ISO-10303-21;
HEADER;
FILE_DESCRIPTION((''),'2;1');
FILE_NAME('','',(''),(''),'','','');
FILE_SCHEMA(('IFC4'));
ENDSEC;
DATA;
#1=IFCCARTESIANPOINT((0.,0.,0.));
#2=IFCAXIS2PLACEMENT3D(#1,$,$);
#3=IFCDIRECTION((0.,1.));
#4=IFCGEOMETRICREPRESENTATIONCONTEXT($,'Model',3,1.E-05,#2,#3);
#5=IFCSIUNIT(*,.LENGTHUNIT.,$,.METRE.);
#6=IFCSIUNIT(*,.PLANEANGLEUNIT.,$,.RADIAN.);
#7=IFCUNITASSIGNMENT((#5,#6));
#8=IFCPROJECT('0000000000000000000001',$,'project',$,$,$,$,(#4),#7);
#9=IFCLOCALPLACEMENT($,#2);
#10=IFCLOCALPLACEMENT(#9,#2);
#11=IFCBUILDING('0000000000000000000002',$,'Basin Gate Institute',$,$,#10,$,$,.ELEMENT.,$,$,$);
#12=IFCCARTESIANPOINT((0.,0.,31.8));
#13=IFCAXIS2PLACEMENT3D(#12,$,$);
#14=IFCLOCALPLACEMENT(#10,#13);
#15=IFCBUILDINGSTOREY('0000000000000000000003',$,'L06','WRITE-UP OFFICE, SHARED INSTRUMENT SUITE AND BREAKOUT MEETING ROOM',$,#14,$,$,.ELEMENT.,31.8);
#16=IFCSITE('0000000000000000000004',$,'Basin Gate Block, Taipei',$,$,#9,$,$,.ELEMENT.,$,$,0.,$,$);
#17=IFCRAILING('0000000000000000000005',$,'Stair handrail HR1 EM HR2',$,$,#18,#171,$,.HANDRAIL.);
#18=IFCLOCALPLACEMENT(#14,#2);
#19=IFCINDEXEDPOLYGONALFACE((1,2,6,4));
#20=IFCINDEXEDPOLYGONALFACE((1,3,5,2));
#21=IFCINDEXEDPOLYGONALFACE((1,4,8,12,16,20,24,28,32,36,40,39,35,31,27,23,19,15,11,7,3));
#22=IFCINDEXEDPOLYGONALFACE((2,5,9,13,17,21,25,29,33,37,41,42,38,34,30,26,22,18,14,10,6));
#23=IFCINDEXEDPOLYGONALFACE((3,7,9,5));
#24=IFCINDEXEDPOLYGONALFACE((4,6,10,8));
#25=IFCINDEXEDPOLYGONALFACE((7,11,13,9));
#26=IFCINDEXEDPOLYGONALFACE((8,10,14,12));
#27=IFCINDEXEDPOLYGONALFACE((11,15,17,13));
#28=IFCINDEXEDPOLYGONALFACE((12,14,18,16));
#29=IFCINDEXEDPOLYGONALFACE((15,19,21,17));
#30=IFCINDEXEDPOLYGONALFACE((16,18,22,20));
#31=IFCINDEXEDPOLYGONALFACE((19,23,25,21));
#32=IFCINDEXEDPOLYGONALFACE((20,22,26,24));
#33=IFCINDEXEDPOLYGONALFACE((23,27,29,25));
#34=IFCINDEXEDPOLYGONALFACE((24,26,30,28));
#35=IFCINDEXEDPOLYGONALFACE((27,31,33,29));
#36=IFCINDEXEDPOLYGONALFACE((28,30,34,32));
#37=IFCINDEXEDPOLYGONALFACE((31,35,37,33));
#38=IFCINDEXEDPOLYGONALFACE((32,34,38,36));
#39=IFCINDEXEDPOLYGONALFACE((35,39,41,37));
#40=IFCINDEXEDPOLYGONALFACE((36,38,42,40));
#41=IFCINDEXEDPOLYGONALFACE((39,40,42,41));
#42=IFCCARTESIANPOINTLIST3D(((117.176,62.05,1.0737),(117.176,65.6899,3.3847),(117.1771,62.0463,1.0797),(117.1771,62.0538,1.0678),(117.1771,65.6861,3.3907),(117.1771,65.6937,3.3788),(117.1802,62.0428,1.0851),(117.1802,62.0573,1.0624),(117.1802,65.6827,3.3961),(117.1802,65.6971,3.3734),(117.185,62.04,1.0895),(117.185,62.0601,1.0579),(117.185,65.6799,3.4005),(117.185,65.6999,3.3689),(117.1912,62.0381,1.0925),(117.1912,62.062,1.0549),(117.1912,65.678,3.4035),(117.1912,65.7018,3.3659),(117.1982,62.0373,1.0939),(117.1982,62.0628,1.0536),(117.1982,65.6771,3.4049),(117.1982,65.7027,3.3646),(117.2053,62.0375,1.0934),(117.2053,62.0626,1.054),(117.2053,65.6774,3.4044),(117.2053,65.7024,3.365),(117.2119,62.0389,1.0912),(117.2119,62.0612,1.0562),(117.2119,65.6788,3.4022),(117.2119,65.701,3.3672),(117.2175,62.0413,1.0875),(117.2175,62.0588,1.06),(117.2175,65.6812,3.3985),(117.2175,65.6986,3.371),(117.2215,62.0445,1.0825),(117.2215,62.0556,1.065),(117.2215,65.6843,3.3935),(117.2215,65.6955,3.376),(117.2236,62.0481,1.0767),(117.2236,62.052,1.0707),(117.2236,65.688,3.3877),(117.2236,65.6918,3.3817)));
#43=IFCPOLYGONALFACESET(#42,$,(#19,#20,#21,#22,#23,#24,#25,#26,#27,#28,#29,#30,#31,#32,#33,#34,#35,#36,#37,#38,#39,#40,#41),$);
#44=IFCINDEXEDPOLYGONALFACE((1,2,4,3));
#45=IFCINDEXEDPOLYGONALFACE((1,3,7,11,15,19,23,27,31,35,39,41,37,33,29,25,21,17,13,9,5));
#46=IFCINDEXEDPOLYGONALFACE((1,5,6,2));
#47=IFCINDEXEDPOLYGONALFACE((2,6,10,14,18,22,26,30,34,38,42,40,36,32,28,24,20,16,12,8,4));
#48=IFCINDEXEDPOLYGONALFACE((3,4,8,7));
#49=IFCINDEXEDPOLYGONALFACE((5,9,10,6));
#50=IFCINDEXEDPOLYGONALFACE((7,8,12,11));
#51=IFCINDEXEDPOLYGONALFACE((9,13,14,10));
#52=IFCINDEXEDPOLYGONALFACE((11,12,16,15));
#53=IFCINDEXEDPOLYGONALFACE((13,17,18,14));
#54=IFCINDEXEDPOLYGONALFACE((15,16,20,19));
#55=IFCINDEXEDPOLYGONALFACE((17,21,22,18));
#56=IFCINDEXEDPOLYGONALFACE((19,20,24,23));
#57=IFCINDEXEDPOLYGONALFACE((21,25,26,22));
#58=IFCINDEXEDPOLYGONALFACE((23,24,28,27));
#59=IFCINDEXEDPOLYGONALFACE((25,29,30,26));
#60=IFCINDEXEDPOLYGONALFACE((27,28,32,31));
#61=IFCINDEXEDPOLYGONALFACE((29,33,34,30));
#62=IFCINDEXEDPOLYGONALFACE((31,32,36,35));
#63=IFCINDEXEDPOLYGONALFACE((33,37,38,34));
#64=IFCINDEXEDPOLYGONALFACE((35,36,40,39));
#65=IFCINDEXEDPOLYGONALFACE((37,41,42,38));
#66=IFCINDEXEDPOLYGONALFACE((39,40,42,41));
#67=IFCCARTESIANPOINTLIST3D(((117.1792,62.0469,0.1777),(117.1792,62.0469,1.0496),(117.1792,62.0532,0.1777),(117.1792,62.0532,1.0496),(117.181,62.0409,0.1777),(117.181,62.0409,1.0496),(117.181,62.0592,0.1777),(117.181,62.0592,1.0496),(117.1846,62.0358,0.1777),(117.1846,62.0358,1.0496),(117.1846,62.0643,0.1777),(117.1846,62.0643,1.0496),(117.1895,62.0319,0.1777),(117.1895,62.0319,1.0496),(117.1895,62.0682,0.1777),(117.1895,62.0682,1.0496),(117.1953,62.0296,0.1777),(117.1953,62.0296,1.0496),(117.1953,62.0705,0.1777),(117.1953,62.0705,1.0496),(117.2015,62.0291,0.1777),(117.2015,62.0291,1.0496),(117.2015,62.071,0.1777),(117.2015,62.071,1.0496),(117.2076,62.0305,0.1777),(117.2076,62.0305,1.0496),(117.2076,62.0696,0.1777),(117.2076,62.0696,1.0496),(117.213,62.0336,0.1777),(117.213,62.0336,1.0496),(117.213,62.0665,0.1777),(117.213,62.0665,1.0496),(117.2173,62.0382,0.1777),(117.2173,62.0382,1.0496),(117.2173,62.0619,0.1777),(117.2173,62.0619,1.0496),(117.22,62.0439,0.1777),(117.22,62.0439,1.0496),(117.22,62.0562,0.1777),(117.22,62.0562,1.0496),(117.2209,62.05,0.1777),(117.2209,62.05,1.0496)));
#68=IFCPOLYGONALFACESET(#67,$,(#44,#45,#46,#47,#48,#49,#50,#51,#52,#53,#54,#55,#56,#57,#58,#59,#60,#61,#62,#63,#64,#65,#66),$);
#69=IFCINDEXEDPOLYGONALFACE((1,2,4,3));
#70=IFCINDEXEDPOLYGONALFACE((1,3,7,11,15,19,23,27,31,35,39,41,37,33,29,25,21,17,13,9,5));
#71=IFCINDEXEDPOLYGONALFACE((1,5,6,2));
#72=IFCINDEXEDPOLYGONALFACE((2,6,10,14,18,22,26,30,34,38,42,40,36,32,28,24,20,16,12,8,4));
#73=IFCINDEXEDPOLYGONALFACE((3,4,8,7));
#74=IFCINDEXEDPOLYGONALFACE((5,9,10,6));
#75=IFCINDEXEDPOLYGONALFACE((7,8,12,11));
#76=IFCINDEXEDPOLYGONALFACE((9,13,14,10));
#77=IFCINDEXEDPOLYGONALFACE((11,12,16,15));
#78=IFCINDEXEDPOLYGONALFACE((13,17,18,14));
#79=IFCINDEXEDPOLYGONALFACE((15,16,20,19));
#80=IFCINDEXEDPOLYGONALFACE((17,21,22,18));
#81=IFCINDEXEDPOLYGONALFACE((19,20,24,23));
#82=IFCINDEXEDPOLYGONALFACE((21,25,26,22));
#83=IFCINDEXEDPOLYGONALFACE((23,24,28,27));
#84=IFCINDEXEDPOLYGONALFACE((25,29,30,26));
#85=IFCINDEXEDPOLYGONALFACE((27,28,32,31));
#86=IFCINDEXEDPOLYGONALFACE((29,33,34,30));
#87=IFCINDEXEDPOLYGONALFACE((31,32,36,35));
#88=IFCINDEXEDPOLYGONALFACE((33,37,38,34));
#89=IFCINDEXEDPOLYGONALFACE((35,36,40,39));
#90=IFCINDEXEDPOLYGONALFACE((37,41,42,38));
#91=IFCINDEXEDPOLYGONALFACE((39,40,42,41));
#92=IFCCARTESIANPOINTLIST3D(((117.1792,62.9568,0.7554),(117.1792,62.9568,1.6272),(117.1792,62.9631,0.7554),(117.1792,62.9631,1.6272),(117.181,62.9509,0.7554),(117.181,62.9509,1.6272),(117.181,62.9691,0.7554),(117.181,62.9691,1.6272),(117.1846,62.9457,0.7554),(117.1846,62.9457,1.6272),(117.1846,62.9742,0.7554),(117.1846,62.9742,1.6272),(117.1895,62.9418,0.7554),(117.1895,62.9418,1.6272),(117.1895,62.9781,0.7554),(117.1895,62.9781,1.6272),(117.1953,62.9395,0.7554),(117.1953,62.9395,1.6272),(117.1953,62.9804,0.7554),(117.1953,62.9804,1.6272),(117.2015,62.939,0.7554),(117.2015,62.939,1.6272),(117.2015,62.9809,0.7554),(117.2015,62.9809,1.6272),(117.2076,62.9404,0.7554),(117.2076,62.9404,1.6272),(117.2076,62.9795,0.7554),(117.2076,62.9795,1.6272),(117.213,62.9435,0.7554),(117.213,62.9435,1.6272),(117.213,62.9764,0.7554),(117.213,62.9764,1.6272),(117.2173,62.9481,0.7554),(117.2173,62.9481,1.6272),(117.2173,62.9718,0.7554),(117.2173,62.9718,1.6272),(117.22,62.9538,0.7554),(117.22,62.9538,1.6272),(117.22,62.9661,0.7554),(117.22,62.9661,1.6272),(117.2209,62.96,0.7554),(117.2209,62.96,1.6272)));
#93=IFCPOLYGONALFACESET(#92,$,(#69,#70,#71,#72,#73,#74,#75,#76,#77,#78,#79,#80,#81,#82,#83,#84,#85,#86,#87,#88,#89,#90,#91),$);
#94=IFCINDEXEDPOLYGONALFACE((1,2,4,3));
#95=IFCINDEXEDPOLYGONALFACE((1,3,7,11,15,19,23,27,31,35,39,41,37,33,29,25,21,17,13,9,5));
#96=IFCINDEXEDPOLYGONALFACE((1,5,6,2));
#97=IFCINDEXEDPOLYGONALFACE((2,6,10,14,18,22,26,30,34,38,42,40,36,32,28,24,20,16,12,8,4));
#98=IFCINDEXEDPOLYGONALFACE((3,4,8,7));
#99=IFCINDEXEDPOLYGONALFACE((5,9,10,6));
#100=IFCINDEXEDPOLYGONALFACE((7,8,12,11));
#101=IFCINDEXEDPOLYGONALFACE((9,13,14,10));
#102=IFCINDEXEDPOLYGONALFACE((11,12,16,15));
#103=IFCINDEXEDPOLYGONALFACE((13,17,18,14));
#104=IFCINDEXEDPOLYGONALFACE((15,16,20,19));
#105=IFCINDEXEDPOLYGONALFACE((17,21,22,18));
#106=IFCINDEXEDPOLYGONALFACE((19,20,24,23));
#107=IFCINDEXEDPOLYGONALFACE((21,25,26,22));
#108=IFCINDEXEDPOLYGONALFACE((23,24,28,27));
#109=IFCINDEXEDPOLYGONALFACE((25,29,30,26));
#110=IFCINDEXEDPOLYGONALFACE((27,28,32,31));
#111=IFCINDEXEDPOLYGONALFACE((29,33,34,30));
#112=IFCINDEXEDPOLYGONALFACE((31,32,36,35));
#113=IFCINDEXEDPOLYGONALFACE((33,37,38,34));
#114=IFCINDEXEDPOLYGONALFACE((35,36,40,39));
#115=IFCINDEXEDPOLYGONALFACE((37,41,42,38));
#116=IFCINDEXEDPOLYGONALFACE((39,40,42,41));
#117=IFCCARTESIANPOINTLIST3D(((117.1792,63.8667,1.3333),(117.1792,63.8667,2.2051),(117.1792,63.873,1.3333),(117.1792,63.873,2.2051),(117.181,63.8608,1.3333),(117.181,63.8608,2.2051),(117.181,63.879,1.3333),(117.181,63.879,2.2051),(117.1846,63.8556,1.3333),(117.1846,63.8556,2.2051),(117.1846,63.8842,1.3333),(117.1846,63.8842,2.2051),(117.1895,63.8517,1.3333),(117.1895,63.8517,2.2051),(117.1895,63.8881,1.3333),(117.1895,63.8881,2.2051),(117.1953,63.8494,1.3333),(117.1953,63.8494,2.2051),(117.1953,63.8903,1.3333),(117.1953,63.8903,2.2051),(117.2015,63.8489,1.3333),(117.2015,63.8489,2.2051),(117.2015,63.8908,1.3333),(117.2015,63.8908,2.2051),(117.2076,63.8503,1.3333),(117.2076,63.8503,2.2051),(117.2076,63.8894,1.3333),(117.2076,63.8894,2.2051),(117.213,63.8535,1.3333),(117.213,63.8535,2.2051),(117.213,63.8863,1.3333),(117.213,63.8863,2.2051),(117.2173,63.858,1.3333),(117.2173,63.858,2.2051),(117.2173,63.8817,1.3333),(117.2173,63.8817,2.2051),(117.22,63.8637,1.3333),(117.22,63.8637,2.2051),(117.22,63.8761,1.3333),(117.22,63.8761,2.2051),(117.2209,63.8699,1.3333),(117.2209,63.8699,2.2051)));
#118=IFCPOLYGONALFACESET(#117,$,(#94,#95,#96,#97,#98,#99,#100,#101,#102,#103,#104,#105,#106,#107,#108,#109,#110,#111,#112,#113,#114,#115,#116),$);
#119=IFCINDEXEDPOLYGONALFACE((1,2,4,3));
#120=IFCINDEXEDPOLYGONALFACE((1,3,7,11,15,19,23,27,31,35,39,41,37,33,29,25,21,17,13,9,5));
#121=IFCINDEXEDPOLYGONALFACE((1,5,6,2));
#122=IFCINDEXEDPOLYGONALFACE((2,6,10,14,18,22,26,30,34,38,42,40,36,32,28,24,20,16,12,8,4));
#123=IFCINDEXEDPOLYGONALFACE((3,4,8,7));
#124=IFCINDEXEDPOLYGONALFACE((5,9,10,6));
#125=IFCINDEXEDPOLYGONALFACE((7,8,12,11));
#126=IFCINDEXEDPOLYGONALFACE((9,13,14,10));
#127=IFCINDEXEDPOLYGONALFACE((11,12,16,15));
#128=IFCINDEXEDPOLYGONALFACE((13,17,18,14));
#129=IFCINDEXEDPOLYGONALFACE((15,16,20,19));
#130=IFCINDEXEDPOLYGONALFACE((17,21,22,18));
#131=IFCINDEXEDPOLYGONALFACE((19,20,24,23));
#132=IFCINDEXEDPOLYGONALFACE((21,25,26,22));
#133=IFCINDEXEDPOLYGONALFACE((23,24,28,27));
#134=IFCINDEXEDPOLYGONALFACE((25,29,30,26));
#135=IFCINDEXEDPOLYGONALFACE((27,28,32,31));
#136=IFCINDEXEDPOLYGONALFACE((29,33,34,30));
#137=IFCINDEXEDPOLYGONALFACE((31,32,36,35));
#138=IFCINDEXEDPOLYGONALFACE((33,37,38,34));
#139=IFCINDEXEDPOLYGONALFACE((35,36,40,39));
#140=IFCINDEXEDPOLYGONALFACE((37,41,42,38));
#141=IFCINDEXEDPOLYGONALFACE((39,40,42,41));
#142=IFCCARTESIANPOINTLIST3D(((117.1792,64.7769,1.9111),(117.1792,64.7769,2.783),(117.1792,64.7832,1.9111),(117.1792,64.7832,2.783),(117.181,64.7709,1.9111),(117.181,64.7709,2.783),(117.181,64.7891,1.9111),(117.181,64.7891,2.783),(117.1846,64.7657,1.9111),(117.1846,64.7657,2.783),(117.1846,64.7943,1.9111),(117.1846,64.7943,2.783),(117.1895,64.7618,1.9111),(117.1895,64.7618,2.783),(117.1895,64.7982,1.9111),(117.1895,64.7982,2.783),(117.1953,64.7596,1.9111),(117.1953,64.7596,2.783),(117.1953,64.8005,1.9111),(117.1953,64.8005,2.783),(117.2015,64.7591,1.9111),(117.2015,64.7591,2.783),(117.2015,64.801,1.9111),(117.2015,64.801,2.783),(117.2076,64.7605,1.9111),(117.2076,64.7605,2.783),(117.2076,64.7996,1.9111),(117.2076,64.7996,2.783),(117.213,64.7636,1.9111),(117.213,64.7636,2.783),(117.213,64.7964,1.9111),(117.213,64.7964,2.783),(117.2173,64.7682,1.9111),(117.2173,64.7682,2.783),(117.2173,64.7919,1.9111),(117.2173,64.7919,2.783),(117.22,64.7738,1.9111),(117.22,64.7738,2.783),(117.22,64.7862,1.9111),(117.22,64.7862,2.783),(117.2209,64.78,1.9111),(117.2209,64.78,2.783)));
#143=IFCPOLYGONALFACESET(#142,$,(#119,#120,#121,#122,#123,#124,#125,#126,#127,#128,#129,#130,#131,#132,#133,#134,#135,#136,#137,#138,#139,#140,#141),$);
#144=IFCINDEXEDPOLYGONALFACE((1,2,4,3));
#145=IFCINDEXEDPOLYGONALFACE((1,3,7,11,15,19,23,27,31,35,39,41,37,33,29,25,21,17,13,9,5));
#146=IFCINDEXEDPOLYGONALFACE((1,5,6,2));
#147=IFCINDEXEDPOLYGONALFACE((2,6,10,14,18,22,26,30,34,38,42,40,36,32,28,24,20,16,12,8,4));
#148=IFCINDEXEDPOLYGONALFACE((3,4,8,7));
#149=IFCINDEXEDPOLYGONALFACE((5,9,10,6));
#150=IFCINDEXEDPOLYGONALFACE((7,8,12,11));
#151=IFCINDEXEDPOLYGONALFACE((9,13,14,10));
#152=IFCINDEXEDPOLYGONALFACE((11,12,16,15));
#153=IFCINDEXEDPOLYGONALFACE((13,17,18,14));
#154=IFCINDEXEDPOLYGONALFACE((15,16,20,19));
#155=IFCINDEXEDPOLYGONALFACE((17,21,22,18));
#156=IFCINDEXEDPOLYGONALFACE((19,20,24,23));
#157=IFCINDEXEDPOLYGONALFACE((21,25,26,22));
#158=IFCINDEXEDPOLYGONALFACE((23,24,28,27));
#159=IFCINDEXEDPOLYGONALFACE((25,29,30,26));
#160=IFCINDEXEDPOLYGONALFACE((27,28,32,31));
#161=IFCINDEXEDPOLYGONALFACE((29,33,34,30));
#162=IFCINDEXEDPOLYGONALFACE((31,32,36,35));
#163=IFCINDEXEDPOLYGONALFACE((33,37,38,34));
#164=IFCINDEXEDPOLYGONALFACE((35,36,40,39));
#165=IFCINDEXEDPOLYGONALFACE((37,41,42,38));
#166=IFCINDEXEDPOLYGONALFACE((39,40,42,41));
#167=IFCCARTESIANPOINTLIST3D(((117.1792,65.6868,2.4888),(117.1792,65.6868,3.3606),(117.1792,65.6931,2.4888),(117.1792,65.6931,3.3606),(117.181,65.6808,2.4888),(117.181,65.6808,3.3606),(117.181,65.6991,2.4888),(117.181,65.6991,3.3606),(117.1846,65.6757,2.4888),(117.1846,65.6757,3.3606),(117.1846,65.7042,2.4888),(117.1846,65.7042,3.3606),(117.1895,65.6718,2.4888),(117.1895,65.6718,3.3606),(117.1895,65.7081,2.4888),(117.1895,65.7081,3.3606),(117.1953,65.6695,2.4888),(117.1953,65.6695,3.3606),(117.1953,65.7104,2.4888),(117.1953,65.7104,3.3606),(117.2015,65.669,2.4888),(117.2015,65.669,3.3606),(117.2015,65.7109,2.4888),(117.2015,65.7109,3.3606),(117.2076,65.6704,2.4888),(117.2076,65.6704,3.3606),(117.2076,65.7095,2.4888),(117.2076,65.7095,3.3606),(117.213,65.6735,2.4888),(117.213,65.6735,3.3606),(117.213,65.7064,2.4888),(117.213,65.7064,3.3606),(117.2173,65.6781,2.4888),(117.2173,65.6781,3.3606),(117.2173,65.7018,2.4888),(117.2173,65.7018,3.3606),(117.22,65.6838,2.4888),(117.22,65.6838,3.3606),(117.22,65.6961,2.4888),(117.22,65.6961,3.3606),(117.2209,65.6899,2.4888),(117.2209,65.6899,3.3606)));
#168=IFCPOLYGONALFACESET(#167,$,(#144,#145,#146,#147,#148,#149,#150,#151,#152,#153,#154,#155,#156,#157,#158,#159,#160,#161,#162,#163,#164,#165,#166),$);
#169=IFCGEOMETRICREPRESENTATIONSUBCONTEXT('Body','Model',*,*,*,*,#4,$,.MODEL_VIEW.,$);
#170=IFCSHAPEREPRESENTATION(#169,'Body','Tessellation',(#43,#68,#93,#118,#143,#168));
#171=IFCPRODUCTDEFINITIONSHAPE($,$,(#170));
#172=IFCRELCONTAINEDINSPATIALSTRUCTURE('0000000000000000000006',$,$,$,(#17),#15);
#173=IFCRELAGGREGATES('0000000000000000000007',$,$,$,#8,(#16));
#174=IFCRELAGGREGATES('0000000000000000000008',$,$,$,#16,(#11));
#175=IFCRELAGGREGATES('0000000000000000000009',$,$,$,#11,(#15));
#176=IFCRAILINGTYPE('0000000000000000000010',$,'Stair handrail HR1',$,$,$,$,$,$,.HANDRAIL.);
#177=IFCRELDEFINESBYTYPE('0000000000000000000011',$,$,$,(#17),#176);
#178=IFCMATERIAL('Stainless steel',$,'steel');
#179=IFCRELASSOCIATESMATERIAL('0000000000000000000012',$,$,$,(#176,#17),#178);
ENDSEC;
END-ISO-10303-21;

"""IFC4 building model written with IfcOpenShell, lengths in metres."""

from ifc_helpers import new_model, si_unit, direction, frame, origin, origin_2d, place, context, subcontext, project, spatial, circle, extrude, material, type_object, element, save


model = new_model("IFC4")

# Units and contexts
model_context = context("Model", 3, precision=1e-05, world=origin(), true_north=direction((0.0, 1.0)))
body_context = subcontext(model_context, "Body", "Model", "MODEL_VIEW")
ifc_project = project(units=[si_unit("LENGTHUNIT", "METRE"), si_unit("PLANEANGLEUNIT", "RADIAN")], contexts=[model_context])

# Site, building, storey
site_placement = place(None, origin())
site = spatial("IfcSite", under=ifc_project, at=site_placement, Name="Basin Gate Block, Taipei", CompositionType="ELEMENT", RefElevation=0.0)
building_placement = place(site_placement, origin())
building = spatial("IfcBuilding", under=site, at=building_placement, Name="Basin Gate Institute", CompositionType="ELEMENT")
storey_placement = place(building_placement, frame((0.0, 0.0, 31.8)))
storey = spatial("IfcBuildingStorey", under=building, at=storey_placement, Name="L06", Description="WRITE-UP OFFICE, SHARED INSTRUMENT SUITE AND BREAKOUT MEETING ROOM", CompositionType="ELEMENT", Elevation=31.8)

# Railing
ifc_material_1 = material(Name="Stainless steel", Category="steel")
railing_type_1 = type_object("IfcRailingType", Name="Stair handrail HR1", PredefinedType="HANDRAIL", material=ifc_material_1)
for number, where, name in (
    (1, (117.2, 62.05, 0.1777), "Stair handrail HR1 EM HR2"),
):
    element("IfcRailing", number, at=place(storey_placement, frame(where)), inside=storey, type_object=railing_type_1, material=ifc_material_1, Name=name, PredefinedType="HANDRAIL", context=body_context, shape_type="SweptSolid", body=[
        extrude(circle(Radius=0.0239, at=origin_2d()), frame((0.0, 0.0, 0.896), z_axis=(0.0, 0.844214, 0.536007), x_axis=(-1.0, 0.0, 0.0)), (0.0, 0.0, 1.0), 4.3115),
        extrude(circle(Radius=0.021, at=origin_2d()), origin(), (0.0, 0.0, 1.0), 0.8718),
        extrude(circle(Radius=0.021, at=origin_2d()), frame((0.0, 0.9099, 0.5776)), (0.0, 0.0, 1.0), 0.8718),
        extrude(circle(Radius=0.021, at=origin_2d()), frame((0.0, 1.8198, 1.1555)), (0.0, 0.0, 1.0), 0.8718),
        extrude(circle(Radius=0.021, at=origin_2d()), frame((0.0, 2.73, 1.7334)), (0.0, 0.0, 1.0), 0.8718),
        extrude(circle(Radius=0.021, at=origin_2d()), frame((0.0, 3.6399, 2.311)), (0.0, 0.0, 1.0), 0.8718),
    ])

save(model, "model.ifc")
